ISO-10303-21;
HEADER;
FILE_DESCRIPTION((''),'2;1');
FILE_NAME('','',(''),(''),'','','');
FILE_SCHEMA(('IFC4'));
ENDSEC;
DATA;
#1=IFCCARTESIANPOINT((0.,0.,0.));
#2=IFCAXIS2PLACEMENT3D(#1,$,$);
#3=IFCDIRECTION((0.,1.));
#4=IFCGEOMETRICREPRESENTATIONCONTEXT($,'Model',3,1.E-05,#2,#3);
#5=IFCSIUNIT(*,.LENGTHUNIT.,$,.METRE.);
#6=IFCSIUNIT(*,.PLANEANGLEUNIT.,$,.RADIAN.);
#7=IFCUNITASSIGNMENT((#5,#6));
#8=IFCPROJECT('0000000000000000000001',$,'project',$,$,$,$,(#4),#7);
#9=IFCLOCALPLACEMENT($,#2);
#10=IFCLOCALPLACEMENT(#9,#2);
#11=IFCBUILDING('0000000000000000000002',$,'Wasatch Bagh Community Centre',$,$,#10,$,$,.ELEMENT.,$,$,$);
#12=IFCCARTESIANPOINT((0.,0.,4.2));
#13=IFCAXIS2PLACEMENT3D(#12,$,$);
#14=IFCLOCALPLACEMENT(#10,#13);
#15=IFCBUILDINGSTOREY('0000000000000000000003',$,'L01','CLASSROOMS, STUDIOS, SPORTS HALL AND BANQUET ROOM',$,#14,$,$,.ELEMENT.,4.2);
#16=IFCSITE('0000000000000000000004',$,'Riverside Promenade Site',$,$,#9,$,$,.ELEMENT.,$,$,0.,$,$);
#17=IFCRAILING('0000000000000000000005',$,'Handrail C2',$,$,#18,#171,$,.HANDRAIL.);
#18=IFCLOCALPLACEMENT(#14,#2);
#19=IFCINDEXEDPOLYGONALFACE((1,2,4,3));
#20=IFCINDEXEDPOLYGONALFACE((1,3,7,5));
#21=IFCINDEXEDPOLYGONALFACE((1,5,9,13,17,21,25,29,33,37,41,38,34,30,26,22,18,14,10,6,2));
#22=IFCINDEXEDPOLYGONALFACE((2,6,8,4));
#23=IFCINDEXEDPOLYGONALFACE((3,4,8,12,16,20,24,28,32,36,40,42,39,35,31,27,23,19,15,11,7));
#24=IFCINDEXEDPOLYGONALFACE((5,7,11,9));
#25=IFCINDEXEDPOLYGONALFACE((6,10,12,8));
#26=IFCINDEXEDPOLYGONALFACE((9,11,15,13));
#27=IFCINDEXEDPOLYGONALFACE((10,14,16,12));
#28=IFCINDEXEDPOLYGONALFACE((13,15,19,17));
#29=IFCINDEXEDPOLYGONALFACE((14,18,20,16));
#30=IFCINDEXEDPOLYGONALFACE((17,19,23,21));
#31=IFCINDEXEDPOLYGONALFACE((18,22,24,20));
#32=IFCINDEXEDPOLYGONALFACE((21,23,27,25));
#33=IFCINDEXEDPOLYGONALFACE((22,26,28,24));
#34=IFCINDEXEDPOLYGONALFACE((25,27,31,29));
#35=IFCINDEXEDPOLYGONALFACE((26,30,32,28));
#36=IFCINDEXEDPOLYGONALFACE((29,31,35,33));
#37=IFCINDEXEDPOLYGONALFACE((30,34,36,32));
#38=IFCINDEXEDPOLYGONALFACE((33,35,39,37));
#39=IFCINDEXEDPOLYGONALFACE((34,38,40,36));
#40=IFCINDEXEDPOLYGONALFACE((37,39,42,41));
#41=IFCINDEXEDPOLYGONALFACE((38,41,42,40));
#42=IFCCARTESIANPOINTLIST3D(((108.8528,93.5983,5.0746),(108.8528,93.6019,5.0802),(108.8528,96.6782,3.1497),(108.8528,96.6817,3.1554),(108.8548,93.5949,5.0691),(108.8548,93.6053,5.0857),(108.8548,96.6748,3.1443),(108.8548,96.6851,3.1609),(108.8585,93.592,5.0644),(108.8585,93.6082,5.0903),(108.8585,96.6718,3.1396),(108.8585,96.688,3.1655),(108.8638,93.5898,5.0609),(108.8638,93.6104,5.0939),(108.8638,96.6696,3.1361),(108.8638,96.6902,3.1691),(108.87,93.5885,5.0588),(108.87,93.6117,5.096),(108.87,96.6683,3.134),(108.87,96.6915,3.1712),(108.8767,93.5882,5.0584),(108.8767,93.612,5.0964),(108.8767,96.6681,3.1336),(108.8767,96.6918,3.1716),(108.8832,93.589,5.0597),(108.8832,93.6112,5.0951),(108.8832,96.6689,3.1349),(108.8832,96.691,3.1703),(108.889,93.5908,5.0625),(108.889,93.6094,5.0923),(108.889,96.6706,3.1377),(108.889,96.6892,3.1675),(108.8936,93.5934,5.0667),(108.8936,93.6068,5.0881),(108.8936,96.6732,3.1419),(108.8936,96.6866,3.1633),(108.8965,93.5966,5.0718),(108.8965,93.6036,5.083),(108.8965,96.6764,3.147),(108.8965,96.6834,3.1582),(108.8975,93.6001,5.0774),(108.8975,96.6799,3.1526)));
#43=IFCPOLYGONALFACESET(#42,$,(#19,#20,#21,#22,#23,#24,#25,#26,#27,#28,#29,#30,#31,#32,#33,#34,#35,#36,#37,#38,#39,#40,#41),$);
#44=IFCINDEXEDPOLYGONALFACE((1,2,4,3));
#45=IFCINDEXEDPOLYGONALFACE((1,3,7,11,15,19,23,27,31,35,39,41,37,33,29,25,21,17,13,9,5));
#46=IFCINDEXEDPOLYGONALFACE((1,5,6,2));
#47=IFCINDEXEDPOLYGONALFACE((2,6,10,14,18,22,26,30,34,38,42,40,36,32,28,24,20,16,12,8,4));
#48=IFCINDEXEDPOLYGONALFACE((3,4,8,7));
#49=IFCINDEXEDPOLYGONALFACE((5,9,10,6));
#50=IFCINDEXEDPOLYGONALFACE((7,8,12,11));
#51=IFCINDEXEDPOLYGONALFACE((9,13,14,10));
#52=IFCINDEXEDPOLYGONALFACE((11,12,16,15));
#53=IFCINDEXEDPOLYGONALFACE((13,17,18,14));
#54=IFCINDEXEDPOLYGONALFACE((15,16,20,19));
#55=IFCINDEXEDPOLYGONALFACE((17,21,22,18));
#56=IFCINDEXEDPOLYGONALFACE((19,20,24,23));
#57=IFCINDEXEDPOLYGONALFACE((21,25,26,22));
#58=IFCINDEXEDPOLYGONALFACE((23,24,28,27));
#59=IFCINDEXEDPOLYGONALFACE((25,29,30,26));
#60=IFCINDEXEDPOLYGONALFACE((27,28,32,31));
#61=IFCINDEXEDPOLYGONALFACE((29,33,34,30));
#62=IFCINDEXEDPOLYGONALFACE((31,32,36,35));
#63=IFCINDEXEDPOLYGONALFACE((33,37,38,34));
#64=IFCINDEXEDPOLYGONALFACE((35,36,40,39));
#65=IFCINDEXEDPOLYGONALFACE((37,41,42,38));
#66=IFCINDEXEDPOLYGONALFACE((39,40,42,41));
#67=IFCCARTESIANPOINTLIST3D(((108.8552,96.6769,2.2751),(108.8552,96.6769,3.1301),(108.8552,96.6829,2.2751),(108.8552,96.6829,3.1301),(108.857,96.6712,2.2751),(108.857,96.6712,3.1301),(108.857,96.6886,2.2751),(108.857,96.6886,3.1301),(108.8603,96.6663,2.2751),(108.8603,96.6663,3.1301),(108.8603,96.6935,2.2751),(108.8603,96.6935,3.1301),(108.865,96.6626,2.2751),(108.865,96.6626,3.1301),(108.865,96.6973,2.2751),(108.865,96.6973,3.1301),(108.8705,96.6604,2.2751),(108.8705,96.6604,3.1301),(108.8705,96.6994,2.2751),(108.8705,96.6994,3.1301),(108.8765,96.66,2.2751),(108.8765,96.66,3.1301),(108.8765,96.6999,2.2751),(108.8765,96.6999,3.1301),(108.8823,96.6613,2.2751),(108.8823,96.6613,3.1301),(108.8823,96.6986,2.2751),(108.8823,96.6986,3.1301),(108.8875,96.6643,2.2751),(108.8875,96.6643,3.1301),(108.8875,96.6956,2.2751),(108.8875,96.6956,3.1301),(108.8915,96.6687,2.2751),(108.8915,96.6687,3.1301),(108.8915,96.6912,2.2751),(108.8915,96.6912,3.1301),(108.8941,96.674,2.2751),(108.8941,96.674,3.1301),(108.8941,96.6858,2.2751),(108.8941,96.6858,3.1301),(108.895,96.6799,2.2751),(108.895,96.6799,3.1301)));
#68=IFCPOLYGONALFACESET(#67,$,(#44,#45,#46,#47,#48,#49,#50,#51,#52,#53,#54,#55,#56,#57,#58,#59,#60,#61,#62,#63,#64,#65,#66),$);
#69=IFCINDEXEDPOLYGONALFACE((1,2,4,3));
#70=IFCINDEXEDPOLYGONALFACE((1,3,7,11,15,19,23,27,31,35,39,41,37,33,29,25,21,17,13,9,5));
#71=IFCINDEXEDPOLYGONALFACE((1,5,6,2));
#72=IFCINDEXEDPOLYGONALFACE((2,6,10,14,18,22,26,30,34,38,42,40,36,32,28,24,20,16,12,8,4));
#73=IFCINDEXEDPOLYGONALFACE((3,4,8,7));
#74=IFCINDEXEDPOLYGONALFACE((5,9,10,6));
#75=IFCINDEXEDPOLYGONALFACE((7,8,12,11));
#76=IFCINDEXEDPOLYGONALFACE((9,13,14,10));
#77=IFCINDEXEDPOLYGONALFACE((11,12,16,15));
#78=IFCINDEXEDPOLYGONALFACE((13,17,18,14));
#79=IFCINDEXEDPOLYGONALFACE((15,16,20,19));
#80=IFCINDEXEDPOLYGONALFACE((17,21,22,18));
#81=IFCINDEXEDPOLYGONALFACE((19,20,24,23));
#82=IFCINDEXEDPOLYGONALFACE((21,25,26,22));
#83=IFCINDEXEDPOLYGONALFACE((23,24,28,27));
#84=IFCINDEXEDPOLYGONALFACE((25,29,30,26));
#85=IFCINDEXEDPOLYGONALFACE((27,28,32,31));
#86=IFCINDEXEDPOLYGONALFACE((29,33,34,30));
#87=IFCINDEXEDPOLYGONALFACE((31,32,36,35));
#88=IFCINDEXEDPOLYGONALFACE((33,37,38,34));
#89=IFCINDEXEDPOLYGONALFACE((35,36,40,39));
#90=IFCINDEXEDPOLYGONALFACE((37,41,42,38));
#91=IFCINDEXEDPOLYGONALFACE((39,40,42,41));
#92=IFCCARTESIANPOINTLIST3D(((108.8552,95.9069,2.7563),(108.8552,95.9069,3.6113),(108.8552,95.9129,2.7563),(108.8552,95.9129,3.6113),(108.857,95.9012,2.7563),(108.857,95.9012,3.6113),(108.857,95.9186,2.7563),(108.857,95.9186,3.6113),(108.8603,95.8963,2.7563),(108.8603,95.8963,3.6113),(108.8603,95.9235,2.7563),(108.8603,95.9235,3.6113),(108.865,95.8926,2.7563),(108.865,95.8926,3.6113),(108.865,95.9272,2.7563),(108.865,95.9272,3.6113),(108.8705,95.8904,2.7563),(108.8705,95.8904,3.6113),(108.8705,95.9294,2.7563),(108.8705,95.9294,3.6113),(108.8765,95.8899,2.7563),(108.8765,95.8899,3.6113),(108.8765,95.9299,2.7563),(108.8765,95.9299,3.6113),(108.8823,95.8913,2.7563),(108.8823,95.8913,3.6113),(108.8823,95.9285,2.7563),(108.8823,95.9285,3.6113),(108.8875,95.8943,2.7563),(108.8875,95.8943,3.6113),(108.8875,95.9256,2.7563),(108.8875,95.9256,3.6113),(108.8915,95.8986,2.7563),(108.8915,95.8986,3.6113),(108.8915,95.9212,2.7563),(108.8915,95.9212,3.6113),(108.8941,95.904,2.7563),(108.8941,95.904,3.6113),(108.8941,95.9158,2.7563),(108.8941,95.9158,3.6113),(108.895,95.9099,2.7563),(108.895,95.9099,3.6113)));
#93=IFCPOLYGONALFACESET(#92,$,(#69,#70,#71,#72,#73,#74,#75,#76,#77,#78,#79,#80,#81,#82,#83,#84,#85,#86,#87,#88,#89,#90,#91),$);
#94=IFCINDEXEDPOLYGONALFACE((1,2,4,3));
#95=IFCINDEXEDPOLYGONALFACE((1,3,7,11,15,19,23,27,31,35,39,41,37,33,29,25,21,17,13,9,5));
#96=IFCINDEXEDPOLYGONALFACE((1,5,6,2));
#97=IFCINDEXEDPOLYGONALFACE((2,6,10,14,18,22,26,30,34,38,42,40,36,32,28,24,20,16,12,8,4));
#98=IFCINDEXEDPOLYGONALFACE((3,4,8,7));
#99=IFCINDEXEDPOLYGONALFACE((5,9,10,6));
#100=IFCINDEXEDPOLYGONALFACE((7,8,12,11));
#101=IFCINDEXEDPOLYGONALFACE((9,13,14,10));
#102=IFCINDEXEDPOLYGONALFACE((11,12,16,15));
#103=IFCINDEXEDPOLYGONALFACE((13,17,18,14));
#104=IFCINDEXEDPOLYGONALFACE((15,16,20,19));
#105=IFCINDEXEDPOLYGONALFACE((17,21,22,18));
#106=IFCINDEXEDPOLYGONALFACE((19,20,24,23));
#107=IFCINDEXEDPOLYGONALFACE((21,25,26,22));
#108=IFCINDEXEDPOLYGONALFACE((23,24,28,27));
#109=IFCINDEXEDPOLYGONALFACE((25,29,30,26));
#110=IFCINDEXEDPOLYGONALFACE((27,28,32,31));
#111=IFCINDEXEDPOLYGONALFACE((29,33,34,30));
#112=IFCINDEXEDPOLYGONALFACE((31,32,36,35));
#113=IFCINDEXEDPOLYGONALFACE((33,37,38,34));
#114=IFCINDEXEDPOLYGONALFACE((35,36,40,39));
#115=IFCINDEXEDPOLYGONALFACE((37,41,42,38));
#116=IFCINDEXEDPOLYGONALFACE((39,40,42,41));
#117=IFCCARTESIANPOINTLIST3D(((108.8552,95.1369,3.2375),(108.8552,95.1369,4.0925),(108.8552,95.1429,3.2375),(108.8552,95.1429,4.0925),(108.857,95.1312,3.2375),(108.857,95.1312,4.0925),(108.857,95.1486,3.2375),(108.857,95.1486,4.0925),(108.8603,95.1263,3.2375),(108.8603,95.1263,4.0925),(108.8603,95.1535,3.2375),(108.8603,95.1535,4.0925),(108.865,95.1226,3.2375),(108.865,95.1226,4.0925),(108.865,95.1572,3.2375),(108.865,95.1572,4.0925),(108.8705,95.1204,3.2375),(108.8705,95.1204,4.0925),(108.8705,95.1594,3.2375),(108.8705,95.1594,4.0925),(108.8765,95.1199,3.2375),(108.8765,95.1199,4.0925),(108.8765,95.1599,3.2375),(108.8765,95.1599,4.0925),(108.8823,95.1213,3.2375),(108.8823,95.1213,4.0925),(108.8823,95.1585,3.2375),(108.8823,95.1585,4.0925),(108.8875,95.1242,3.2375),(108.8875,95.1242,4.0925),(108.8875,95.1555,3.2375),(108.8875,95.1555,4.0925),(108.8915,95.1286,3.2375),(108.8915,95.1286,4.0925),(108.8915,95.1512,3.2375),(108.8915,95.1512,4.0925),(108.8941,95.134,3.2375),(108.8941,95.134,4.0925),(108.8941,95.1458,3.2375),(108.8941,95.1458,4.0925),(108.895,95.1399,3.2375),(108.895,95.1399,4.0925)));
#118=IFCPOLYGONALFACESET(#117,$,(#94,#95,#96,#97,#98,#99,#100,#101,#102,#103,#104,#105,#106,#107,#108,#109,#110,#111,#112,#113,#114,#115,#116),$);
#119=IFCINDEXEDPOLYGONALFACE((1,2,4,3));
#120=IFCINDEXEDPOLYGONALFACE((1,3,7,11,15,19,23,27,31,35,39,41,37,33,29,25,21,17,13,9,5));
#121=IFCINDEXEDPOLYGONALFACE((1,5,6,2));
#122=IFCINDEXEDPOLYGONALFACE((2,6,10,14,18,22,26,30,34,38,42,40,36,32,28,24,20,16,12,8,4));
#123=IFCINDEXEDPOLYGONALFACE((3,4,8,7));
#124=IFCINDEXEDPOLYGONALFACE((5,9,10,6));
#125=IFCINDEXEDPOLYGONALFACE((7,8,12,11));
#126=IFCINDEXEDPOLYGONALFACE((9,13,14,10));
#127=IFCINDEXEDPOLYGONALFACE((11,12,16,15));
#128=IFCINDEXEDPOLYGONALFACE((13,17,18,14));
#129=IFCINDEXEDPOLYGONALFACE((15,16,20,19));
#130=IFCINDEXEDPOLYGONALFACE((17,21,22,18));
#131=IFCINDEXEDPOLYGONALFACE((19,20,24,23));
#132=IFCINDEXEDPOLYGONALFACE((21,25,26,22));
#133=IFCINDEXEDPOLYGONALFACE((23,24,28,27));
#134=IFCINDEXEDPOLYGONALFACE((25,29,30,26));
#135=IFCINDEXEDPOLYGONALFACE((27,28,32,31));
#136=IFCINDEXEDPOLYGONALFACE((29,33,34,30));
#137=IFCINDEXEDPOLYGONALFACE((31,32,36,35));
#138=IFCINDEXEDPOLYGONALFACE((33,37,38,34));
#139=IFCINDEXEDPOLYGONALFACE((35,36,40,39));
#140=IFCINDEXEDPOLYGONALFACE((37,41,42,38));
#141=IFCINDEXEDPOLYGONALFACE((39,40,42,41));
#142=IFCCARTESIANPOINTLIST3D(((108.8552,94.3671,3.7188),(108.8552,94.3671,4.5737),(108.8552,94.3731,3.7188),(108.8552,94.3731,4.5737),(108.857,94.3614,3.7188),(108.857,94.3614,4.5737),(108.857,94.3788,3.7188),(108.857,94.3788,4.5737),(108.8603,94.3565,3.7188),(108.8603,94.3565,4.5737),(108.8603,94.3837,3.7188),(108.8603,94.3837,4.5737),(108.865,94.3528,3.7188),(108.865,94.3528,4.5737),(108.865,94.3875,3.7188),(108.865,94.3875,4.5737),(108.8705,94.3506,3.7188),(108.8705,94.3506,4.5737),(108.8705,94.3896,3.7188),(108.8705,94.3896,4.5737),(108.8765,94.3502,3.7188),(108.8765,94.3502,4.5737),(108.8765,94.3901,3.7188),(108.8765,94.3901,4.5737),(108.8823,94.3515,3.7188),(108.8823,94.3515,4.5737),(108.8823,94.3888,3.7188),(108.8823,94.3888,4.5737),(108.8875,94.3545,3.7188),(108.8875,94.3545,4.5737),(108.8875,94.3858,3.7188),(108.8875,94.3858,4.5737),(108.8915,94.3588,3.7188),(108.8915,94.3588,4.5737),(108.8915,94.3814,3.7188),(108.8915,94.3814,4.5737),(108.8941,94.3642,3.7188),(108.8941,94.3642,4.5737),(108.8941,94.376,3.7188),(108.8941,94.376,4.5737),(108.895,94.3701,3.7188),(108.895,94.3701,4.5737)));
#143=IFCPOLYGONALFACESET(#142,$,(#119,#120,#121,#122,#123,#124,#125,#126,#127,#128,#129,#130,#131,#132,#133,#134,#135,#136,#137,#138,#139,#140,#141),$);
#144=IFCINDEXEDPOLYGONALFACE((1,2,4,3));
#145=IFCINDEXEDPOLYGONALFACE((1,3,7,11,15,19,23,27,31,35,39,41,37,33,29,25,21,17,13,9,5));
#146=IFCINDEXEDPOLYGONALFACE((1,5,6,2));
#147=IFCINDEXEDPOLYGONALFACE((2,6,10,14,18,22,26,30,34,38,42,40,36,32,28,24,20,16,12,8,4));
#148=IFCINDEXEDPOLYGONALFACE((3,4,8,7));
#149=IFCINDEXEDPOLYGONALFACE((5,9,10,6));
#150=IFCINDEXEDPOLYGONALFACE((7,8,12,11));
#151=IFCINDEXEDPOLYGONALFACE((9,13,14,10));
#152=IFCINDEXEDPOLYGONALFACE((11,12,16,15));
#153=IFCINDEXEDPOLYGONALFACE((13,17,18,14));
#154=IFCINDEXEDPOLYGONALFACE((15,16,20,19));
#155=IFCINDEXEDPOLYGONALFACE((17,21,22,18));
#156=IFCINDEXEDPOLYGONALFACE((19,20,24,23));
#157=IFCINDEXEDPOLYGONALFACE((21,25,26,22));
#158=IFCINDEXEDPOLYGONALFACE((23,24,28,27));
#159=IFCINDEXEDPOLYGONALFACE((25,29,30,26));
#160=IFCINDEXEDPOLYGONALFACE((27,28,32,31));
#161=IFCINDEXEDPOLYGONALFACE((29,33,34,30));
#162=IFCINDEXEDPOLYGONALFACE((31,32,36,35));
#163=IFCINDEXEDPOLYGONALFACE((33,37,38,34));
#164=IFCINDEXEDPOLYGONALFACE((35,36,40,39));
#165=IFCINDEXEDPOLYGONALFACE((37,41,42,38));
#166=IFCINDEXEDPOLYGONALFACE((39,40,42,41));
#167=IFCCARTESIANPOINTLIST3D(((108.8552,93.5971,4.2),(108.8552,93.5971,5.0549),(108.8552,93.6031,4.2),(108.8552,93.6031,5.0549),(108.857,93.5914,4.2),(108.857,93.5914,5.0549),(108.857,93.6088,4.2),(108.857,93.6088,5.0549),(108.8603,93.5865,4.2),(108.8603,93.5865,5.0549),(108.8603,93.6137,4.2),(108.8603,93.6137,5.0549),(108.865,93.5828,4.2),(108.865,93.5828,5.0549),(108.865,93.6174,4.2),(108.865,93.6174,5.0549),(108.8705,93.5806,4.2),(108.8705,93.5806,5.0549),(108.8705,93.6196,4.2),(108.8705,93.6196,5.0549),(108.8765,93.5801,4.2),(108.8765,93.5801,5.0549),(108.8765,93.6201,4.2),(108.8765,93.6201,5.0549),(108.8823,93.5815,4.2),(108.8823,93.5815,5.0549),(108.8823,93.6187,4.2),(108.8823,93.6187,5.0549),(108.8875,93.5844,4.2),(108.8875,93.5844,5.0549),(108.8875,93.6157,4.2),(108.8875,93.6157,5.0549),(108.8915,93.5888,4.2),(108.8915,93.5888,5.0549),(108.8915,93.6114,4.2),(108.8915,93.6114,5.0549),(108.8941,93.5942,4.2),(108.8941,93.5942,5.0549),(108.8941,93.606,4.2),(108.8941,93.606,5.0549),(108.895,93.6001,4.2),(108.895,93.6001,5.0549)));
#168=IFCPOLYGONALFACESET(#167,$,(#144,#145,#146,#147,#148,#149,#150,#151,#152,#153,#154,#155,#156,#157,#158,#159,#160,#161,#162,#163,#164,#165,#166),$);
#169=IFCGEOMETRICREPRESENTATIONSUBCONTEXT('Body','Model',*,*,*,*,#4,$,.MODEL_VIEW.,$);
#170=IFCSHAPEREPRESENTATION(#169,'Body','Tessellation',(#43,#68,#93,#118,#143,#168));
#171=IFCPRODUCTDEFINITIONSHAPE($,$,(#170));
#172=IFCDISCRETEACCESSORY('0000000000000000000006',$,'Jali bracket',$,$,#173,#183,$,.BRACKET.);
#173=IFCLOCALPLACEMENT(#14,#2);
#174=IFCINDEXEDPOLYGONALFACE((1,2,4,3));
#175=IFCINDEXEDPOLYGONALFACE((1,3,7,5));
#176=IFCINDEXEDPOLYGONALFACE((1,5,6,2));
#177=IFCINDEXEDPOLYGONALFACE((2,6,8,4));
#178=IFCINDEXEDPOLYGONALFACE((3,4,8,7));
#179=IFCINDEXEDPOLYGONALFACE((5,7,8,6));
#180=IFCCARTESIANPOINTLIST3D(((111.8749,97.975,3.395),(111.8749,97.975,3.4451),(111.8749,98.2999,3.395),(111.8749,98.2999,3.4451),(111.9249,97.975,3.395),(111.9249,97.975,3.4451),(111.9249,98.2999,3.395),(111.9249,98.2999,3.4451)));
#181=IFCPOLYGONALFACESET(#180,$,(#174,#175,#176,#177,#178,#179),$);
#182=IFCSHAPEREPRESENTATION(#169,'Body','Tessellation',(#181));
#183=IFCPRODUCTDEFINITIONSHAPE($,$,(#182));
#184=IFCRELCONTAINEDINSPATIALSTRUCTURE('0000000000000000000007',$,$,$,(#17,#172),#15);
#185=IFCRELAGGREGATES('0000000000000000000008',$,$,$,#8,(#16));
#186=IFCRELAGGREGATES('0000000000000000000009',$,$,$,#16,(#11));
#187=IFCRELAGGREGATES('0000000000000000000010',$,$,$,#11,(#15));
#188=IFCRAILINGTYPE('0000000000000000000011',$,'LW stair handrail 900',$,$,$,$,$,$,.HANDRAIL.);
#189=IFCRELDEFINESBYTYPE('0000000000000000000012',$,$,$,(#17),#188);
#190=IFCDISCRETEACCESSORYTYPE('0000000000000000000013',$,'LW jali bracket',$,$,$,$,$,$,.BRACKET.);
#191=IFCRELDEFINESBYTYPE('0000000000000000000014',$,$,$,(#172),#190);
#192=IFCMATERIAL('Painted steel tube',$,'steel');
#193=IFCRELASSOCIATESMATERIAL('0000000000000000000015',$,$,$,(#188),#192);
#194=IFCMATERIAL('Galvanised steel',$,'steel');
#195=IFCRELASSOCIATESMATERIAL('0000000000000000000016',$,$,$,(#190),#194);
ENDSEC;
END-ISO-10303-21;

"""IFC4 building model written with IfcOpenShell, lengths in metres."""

from ifc_helpers import new_model, si_unit, direction, frame, origin, origin_2d, place, context, subcontext, project, spatial, rectangle, circle, extrude, material, type_object, element, save


model = new_model("IFC4")

# Units and contexts
model_context = context("Model", 3, precision=1e-05, world=origin(), true_north=direction((0.0, 1.0)))
body_context = subcontext(model_context, "Body", "Model", "MODEL_VIEW")
ifc_project = project(units=[si_unit("LENGTHUNIT", "METRE"), si_unit("PLANEANGLEUNIT", "RADIAN")], contexts=[model_context])

# Site, building, storey
site_placement = place(None, origin())
site = spatial("IfcSite", under=ifc_project, at=site_placement, Name="Riverside Promenade Site", CompositionType="ELEMENT", RefElevation=0.0)
building_placement = place(site_placement, origin())
building = spatial("IfcBuilding", under=site, at=building_placement, Name="Wasatch Bagh Community Centre", CompositionType="ELEMENT")
storey_placement = place(building_placement, frame((0.0, 0.0, 4.2)))
storey = spatial("IfcBuildingStorey", under=building, at=storey_placement, Name="L01", Description="CLASSROOMS, STUDIOS, SPORTS HALL AND BANQUET ROOM", CompositionType="ELEMENT", Elevation=4.2)

# Railing
ifc_material_1 = material(Name="Painted steel tube", Category="steel")
railing_type_1 = type_object("IfcRailingType", Name="LW stair handrail 900", PredefinedType="HANDRAIL", material=ifc_material_1)
for number, where, name in (
    (1, (108.875, 96.6799, 2.2751), "Handrail C2"),
):
    element("IfcRailing", number, at=place(storey_placement, frame(where)), inside=storey, type_object=railing_type_1, Name=name, PredefinedType="HANDRAIL", context=body_context, shape_type="SweptSolid", body=[
        extrude(circle(Radius=0.0225, at=origin_2d()), frame((0.0, 0.0, 0.8774), z_axis=(0.0, -0.84801, 0.529981), x_axis=(1.0, 0.0, 0.0)), (0.0, 0.0, 1.0), 3.6318),
        extrude(circle(Radius=0.02, at=origin_2d()), origin(), (0.0, 0.0, 1.0), 0.855),
        extrude(circle(Radius=0.02, at=origin_2d()), frame((0.0, -0.77, 0.4812)), (0.0, 0.0, 1.0), 0.855),
        extrude(circle(Radius=0.02, at=origin_2d()), frame((0.0, -1.54, 0.9624)), (0.0, 0.0, 1.0), 0.855),
        extrude(circle(Radius=0.02, at=origin_2d()), frame((0.0, -2.3098, 1.4436)), (0.0, 0.0, 1.0), 0.855),
        extrude(circle(Radius=0.02, at=origin_2d()), frame((0.0, -3.0798, 1.9248)), (0.0, 0.0, 1.0), 0.855),
    ])

# Discrete accessory
ifc_material_2 = material(Name="Galvanised steel", Category="steel")
discrete_accessory_type = type_object("IfcDiscreteAccessoryType", Name="LW jali bracket", PredefinedType="BRACKET", material=ifc_material_2)
discrete_accessory_placement = place(storey_placement, frame((111.8999, 98.1375, 3.395), z_axis=(0.0, 0.0, 1.0), x_axis=(1.0, 0.0, 0.0)))
element("IfcDiscreteAccessory", 2, at=discrete_accessory_placement, inside=storey, type_object=discrete_accessory_type, Name="Jali bracket", PredefinedType="BRACKET", context=body_context, shape_type="SweptSolid", body=[
    extrude(rectangle(XDim=0.05, YDim=0.325, at=origin_2d()), origin(), (0.0, 0.0, 1.0), 0.05),
])

save(model, "model.ifc")
